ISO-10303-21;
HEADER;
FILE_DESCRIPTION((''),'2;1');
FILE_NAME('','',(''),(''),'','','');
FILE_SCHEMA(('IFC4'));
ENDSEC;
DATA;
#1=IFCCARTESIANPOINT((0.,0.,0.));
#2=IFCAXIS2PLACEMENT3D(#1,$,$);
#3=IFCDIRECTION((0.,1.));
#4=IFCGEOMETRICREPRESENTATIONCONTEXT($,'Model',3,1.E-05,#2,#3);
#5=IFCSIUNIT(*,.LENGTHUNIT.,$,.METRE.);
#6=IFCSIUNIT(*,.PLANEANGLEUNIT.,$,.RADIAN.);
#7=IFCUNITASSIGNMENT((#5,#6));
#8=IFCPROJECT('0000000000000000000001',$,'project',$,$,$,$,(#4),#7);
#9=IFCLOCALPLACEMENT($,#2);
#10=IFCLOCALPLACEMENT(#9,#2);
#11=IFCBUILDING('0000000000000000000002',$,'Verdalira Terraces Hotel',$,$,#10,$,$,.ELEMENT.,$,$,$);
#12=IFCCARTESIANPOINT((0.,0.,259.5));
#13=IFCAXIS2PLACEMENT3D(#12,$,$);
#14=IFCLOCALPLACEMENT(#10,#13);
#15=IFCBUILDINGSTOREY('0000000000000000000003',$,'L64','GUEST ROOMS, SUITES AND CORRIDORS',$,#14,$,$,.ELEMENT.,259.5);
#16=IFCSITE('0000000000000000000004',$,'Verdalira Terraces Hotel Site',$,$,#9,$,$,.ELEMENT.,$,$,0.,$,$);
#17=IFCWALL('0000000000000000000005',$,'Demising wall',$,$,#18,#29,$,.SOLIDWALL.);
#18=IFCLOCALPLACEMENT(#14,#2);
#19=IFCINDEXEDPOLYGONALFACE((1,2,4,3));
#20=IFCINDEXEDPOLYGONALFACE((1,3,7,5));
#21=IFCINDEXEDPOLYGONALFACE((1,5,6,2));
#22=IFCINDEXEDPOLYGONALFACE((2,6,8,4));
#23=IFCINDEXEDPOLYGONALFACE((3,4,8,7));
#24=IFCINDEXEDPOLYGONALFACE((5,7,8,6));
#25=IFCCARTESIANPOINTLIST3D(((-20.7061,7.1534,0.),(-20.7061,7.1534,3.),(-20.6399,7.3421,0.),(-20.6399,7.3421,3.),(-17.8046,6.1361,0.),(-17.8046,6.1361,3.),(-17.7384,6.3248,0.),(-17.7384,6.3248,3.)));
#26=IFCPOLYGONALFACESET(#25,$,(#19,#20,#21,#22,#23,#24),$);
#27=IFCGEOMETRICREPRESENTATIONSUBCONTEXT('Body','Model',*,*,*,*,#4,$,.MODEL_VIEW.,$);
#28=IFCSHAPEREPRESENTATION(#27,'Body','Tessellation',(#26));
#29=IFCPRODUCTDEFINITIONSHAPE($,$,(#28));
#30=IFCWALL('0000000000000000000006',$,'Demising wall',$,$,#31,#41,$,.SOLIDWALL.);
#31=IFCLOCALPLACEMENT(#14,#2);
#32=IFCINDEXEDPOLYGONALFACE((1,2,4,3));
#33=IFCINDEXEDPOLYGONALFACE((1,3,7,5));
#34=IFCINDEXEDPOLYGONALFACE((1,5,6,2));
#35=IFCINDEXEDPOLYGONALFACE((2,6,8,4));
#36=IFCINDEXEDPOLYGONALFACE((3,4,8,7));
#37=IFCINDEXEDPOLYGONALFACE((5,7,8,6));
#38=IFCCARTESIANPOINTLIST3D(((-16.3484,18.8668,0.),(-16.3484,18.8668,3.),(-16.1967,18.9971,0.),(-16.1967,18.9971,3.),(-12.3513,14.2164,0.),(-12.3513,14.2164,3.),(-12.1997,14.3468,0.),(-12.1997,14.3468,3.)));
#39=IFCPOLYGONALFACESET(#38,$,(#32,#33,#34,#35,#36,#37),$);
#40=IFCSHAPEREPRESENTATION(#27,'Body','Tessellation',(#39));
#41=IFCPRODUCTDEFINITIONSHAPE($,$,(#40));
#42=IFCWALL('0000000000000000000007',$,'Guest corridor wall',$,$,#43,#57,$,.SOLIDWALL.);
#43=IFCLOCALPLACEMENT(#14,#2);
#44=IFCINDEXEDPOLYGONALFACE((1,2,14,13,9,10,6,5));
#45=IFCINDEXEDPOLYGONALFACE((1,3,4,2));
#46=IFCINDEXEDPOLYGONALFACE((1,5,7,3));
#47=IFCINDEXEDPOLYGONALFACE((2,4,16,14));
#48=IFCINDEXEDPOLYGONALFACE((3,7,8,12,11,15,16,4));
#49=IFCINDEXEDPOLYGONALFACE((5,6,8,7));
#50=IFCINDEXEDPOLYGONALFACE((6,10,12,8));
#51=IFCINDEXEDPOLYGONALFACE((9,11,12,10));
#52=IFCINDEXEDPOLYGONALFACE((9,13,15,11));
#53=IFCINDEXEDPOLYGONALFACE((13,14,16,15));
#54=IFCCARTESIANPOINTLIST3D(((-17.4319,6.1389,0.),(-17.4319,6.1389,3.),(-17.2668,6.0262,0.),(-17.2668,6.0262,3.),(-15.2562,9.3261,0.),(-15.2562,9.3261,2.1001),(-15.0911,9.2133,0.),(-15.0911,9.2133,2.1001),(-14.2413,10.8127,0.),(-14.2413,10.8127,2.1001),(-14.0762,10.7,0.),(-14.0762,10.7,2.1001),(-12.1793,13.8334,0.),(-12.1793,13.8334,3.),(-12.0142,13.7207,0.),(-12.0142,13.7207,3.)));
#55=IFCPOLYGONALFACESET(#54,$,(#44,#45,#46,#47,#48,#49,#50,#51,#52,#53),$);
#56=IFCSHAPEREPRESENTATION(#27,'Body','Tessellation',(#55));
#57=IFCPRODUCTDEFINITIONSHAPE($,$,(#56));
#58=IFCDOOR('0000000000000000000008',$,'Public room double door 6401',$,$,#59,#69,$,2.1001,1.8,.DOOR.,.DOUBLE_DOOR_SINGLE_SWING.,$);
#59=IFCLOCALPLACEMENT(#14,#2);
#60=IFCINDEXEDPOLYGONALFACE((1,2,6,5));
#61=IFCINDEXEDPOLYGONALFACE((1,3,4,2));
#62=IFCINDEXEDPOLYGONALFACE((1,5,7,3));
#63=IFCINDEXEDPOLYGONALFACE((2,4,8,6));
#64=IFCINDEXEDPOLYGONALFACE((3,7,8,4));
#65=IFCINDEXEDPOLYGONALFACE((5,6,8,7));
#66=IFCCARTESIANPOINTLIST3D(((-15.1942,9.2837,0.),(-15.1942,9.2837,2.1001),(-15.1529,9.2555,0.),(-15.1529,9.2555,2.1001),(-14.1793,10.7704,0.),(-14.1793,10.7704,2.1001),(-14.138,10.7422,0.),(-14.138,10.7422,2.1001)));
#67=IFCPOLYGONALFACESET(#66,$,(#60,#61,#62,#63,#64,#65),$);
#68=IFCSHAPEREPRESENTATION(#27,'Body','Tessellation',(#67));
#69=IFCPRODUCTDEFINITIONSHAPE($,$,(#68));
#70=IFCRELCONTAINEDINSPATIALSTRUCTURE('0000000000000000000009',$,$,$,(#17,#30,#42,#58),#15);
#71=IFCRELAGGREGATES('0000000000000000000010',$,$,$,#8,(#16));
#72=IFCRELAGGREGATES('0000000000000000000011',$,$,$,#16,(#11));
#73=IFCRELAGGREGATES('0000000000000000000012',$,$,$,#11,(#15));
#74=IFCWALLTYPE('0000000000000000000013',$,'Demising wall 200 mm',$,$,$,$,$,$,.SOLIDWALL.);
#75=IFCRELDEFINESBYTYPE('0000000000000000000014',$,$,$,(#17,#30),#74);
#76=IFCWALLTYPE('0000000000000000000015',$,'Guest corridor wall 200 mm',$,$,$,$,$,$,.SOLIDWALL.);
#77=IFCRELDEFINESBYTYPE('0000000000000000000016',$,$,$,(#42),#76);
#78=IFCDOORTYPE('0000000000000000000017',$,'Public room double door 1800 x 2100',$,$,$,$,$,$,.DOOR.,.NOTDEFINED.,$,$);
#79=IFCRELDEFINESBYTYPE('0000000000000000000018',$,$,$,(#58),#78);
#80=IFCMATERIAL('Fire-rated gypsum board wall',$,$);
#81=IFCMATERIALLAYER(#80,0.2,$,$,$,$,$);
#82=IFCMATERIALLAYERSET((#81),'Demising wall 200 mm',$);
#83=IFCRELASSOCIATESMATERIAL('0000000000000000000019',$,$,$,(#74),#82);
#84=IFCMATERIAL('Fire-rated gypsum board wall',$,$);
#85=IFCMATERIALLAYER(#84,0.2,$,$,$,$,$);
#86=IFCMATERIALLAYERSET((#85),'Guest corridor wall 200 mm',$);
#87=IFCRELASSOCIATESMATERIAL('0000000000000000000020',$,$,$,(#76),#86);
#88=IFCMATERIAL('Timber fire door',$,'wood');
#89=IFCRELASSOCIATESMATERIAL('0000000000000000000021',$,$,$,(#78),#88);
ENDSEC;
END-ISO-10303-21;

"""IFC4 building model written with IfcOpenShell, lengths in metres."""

from ifc_helpers import new_model, si_unit, direction, frame, frame_2d, origin, place, context, subcontext, project, spatial, rectangle, extrude, material, layer, layer_set, type_object, element, fill, save


model = new_model("IFC4")

# Units and contexts
model_context = context("Model", 3, precision=1e-05, world=origin(), true_north=direction((0.0, 1.0)))
body_context = subcontext(model_context, "Body", "Model", "MODEL_VIEW")
ifc_project = project(units=[si_unit("LENGTHUNIT", "METRE"), si_unit("PLANEANGLEUNIT", "RADIAN")], contexts=[model_context])

# Site, building, storey
site_placement = place(None, origin())
site = spatial("IfcSite", under=ifc_project, at=site_placement, Name="Verdalira Terraces Hotel Site", CompositionType="ELEMENT", RefElevation=0.0)
building_placement = place(site_placement, origin())
building = spatial("IfcBuilding", under=site, at=building_placement, Name="Verdalira Terraces Hotel", CompositionType="ELEMENT")
storey_placement = place(building_placement, frame((0.0, 0.0, 259.5)))
storey = spatial("IfcBuildingStorey", under=building, at=storey_placement, Name="L64", Description="GUEST ROOMS, SUITES AND CORRIDORS", CompositionType="ELEMENT", Elevation=259.5)

# Shared definitions
ifc_material_1 = material(Name="Fire-rated gypsum board wall")
ifc_layer_1 = layer(ifc_material_1, 0.2)
ifc_layer_set_1 = layer_set([ifc_layer_1], Name="Demising wall 200 mm")
wall_type_1 = type_object("IfcWallType", Name="Demising wall 200 mm", PredefinedType="SOLIDWALL", material=ifc_layer_set_1)

# Walls
wall_1_placement = place(storey_placement, frame((-17.7715, 6.2305, 0.0), z_axis=(0.0, 0.0, 1.0), x_axis=(-0.943679, 0.330863, 0.0)))
element("IfcWall", 1, at=wall_1_placement, inside=storey, type_object=wall_type_1, Name="Demising wall", PredefinedType="SOLIDWALL", context=body_context, shape_type="SweptSolid", body=[
    extrude(rectangle(XDim=3.0747, YDim=0.2, at=frame_2d((1.5374, 0.0))), origin(), (0.0, 0.0, 1.0), 3.0),
])
wall_2_placement = place(storey_placement, frame((-16.2725, 18.9319, 0.0), z_axis=(0.0, 0.0, 1.0), x_axis=(0.651827, -0.758368, 0.0)))
element("IfcWall", 2, at=wall_2_placement, inside=storey, type_object=wall_type_1, Name="Demising wall", PredefinedType="SOLIDWALL", context=body_context, shape_type="SweptSolid", body=[
    extrude(rectangle(XDim=6.1321, YDim=0.2, at=frame_2d((3.0659, 0.0))), origin(), (0.0, 0.0, 1.0), 3.0),
])

# Wall, opening, door
ifc_material_2 = material(Name="Fire-rated gypsum board wall")
ifc_layer_2 = layer(ifc_material_2, 0.2)
ifc_layer_set_2 = layer_set([ifc_layer_2], Name="Guest corridor wall 200 mm")
wall_type_2 = type_object("IfcWallType", Name="Guest corridor wall 200 mm", PredefinedType="SOLIDWALL", material=ifc_layer_set_2)
wall_3_placement = place(storey_placement, frame((-17.3494, 6.0825, 0.0), z_axis=(0.0, 0.0, 1.0), x_axis=(0.563804, 0.825908, 0.0)))
wall_3 = element("IfcWall", 3, at=wall_3_placement, inside=storey, type_object=wall_type_2, Name="Guest corridor wall", PredefinedType="SOLIDWALL", context=body_context, shape_type="SweptSolid", body=[
    extrude(rectangle(XDim=9.3164, YDim=0.2, at=frame_2d((4.6582, 0.0))), origin(), (0.0, 0.0, 1.0), 3.0),
])
opening_1_placement = place(wall_3_placement, frame((3.8591, 0.0, 0.0)))
opening_1 = element("IfcOpeningElement", 4, at=opening_1_placement, cuts=wall_3, PredefinedType="OPENING", context=body_context, shape_type="SweptSolid", body=[
    extrude(rectangle(XDim=1.8, YDim=2.1001, at=frame_2d((0.8999, 1.05))), frame((0.0, 0.1099, 0.0), z_axis=(0.0, -1.0, 0.0), x_axis=(1.0, 0.0, 0.0)), (0.0, 0.0, 1.0), 0.22),
])
ifc_material_3 = material(Name="Timber fire door", Category="wood")
door_type_1 = type_object("IfcDoorType", Name="Public room double door 1800 x 2100", OperationType="NOTDEFINED", PredefinedType="DOOR", material=ifc_material_3)
door_1_placement = place(opening_1_placement, origin())
door_1 = element("IfcDoor", 5, at=door_1_placement, inside=storey, type_object=door_type_1, Name="Public room double door 6401", OperationType="DOUBLE_DOOR_SINGLE_SWING", OverallHeight=2.1001, OverallWidth=1.8, PredefinedType="DOOR", context=body_context, shape_type="SweptSolid", body=[
    extrude(rectangle(XDim=1.8, YDim=2.1001, at=frame_2d((0.8999, 1.05))), frame((0.0, 0.0249, 0.0), z_axis=(0.0, -1.0, 0.0), x_axis=(1.0, 0.0, 0.0)), (0.0, 0.0, 1.0), 0.05),
])
fill(opening_1, door_1)

save(model, "model.ifc")
